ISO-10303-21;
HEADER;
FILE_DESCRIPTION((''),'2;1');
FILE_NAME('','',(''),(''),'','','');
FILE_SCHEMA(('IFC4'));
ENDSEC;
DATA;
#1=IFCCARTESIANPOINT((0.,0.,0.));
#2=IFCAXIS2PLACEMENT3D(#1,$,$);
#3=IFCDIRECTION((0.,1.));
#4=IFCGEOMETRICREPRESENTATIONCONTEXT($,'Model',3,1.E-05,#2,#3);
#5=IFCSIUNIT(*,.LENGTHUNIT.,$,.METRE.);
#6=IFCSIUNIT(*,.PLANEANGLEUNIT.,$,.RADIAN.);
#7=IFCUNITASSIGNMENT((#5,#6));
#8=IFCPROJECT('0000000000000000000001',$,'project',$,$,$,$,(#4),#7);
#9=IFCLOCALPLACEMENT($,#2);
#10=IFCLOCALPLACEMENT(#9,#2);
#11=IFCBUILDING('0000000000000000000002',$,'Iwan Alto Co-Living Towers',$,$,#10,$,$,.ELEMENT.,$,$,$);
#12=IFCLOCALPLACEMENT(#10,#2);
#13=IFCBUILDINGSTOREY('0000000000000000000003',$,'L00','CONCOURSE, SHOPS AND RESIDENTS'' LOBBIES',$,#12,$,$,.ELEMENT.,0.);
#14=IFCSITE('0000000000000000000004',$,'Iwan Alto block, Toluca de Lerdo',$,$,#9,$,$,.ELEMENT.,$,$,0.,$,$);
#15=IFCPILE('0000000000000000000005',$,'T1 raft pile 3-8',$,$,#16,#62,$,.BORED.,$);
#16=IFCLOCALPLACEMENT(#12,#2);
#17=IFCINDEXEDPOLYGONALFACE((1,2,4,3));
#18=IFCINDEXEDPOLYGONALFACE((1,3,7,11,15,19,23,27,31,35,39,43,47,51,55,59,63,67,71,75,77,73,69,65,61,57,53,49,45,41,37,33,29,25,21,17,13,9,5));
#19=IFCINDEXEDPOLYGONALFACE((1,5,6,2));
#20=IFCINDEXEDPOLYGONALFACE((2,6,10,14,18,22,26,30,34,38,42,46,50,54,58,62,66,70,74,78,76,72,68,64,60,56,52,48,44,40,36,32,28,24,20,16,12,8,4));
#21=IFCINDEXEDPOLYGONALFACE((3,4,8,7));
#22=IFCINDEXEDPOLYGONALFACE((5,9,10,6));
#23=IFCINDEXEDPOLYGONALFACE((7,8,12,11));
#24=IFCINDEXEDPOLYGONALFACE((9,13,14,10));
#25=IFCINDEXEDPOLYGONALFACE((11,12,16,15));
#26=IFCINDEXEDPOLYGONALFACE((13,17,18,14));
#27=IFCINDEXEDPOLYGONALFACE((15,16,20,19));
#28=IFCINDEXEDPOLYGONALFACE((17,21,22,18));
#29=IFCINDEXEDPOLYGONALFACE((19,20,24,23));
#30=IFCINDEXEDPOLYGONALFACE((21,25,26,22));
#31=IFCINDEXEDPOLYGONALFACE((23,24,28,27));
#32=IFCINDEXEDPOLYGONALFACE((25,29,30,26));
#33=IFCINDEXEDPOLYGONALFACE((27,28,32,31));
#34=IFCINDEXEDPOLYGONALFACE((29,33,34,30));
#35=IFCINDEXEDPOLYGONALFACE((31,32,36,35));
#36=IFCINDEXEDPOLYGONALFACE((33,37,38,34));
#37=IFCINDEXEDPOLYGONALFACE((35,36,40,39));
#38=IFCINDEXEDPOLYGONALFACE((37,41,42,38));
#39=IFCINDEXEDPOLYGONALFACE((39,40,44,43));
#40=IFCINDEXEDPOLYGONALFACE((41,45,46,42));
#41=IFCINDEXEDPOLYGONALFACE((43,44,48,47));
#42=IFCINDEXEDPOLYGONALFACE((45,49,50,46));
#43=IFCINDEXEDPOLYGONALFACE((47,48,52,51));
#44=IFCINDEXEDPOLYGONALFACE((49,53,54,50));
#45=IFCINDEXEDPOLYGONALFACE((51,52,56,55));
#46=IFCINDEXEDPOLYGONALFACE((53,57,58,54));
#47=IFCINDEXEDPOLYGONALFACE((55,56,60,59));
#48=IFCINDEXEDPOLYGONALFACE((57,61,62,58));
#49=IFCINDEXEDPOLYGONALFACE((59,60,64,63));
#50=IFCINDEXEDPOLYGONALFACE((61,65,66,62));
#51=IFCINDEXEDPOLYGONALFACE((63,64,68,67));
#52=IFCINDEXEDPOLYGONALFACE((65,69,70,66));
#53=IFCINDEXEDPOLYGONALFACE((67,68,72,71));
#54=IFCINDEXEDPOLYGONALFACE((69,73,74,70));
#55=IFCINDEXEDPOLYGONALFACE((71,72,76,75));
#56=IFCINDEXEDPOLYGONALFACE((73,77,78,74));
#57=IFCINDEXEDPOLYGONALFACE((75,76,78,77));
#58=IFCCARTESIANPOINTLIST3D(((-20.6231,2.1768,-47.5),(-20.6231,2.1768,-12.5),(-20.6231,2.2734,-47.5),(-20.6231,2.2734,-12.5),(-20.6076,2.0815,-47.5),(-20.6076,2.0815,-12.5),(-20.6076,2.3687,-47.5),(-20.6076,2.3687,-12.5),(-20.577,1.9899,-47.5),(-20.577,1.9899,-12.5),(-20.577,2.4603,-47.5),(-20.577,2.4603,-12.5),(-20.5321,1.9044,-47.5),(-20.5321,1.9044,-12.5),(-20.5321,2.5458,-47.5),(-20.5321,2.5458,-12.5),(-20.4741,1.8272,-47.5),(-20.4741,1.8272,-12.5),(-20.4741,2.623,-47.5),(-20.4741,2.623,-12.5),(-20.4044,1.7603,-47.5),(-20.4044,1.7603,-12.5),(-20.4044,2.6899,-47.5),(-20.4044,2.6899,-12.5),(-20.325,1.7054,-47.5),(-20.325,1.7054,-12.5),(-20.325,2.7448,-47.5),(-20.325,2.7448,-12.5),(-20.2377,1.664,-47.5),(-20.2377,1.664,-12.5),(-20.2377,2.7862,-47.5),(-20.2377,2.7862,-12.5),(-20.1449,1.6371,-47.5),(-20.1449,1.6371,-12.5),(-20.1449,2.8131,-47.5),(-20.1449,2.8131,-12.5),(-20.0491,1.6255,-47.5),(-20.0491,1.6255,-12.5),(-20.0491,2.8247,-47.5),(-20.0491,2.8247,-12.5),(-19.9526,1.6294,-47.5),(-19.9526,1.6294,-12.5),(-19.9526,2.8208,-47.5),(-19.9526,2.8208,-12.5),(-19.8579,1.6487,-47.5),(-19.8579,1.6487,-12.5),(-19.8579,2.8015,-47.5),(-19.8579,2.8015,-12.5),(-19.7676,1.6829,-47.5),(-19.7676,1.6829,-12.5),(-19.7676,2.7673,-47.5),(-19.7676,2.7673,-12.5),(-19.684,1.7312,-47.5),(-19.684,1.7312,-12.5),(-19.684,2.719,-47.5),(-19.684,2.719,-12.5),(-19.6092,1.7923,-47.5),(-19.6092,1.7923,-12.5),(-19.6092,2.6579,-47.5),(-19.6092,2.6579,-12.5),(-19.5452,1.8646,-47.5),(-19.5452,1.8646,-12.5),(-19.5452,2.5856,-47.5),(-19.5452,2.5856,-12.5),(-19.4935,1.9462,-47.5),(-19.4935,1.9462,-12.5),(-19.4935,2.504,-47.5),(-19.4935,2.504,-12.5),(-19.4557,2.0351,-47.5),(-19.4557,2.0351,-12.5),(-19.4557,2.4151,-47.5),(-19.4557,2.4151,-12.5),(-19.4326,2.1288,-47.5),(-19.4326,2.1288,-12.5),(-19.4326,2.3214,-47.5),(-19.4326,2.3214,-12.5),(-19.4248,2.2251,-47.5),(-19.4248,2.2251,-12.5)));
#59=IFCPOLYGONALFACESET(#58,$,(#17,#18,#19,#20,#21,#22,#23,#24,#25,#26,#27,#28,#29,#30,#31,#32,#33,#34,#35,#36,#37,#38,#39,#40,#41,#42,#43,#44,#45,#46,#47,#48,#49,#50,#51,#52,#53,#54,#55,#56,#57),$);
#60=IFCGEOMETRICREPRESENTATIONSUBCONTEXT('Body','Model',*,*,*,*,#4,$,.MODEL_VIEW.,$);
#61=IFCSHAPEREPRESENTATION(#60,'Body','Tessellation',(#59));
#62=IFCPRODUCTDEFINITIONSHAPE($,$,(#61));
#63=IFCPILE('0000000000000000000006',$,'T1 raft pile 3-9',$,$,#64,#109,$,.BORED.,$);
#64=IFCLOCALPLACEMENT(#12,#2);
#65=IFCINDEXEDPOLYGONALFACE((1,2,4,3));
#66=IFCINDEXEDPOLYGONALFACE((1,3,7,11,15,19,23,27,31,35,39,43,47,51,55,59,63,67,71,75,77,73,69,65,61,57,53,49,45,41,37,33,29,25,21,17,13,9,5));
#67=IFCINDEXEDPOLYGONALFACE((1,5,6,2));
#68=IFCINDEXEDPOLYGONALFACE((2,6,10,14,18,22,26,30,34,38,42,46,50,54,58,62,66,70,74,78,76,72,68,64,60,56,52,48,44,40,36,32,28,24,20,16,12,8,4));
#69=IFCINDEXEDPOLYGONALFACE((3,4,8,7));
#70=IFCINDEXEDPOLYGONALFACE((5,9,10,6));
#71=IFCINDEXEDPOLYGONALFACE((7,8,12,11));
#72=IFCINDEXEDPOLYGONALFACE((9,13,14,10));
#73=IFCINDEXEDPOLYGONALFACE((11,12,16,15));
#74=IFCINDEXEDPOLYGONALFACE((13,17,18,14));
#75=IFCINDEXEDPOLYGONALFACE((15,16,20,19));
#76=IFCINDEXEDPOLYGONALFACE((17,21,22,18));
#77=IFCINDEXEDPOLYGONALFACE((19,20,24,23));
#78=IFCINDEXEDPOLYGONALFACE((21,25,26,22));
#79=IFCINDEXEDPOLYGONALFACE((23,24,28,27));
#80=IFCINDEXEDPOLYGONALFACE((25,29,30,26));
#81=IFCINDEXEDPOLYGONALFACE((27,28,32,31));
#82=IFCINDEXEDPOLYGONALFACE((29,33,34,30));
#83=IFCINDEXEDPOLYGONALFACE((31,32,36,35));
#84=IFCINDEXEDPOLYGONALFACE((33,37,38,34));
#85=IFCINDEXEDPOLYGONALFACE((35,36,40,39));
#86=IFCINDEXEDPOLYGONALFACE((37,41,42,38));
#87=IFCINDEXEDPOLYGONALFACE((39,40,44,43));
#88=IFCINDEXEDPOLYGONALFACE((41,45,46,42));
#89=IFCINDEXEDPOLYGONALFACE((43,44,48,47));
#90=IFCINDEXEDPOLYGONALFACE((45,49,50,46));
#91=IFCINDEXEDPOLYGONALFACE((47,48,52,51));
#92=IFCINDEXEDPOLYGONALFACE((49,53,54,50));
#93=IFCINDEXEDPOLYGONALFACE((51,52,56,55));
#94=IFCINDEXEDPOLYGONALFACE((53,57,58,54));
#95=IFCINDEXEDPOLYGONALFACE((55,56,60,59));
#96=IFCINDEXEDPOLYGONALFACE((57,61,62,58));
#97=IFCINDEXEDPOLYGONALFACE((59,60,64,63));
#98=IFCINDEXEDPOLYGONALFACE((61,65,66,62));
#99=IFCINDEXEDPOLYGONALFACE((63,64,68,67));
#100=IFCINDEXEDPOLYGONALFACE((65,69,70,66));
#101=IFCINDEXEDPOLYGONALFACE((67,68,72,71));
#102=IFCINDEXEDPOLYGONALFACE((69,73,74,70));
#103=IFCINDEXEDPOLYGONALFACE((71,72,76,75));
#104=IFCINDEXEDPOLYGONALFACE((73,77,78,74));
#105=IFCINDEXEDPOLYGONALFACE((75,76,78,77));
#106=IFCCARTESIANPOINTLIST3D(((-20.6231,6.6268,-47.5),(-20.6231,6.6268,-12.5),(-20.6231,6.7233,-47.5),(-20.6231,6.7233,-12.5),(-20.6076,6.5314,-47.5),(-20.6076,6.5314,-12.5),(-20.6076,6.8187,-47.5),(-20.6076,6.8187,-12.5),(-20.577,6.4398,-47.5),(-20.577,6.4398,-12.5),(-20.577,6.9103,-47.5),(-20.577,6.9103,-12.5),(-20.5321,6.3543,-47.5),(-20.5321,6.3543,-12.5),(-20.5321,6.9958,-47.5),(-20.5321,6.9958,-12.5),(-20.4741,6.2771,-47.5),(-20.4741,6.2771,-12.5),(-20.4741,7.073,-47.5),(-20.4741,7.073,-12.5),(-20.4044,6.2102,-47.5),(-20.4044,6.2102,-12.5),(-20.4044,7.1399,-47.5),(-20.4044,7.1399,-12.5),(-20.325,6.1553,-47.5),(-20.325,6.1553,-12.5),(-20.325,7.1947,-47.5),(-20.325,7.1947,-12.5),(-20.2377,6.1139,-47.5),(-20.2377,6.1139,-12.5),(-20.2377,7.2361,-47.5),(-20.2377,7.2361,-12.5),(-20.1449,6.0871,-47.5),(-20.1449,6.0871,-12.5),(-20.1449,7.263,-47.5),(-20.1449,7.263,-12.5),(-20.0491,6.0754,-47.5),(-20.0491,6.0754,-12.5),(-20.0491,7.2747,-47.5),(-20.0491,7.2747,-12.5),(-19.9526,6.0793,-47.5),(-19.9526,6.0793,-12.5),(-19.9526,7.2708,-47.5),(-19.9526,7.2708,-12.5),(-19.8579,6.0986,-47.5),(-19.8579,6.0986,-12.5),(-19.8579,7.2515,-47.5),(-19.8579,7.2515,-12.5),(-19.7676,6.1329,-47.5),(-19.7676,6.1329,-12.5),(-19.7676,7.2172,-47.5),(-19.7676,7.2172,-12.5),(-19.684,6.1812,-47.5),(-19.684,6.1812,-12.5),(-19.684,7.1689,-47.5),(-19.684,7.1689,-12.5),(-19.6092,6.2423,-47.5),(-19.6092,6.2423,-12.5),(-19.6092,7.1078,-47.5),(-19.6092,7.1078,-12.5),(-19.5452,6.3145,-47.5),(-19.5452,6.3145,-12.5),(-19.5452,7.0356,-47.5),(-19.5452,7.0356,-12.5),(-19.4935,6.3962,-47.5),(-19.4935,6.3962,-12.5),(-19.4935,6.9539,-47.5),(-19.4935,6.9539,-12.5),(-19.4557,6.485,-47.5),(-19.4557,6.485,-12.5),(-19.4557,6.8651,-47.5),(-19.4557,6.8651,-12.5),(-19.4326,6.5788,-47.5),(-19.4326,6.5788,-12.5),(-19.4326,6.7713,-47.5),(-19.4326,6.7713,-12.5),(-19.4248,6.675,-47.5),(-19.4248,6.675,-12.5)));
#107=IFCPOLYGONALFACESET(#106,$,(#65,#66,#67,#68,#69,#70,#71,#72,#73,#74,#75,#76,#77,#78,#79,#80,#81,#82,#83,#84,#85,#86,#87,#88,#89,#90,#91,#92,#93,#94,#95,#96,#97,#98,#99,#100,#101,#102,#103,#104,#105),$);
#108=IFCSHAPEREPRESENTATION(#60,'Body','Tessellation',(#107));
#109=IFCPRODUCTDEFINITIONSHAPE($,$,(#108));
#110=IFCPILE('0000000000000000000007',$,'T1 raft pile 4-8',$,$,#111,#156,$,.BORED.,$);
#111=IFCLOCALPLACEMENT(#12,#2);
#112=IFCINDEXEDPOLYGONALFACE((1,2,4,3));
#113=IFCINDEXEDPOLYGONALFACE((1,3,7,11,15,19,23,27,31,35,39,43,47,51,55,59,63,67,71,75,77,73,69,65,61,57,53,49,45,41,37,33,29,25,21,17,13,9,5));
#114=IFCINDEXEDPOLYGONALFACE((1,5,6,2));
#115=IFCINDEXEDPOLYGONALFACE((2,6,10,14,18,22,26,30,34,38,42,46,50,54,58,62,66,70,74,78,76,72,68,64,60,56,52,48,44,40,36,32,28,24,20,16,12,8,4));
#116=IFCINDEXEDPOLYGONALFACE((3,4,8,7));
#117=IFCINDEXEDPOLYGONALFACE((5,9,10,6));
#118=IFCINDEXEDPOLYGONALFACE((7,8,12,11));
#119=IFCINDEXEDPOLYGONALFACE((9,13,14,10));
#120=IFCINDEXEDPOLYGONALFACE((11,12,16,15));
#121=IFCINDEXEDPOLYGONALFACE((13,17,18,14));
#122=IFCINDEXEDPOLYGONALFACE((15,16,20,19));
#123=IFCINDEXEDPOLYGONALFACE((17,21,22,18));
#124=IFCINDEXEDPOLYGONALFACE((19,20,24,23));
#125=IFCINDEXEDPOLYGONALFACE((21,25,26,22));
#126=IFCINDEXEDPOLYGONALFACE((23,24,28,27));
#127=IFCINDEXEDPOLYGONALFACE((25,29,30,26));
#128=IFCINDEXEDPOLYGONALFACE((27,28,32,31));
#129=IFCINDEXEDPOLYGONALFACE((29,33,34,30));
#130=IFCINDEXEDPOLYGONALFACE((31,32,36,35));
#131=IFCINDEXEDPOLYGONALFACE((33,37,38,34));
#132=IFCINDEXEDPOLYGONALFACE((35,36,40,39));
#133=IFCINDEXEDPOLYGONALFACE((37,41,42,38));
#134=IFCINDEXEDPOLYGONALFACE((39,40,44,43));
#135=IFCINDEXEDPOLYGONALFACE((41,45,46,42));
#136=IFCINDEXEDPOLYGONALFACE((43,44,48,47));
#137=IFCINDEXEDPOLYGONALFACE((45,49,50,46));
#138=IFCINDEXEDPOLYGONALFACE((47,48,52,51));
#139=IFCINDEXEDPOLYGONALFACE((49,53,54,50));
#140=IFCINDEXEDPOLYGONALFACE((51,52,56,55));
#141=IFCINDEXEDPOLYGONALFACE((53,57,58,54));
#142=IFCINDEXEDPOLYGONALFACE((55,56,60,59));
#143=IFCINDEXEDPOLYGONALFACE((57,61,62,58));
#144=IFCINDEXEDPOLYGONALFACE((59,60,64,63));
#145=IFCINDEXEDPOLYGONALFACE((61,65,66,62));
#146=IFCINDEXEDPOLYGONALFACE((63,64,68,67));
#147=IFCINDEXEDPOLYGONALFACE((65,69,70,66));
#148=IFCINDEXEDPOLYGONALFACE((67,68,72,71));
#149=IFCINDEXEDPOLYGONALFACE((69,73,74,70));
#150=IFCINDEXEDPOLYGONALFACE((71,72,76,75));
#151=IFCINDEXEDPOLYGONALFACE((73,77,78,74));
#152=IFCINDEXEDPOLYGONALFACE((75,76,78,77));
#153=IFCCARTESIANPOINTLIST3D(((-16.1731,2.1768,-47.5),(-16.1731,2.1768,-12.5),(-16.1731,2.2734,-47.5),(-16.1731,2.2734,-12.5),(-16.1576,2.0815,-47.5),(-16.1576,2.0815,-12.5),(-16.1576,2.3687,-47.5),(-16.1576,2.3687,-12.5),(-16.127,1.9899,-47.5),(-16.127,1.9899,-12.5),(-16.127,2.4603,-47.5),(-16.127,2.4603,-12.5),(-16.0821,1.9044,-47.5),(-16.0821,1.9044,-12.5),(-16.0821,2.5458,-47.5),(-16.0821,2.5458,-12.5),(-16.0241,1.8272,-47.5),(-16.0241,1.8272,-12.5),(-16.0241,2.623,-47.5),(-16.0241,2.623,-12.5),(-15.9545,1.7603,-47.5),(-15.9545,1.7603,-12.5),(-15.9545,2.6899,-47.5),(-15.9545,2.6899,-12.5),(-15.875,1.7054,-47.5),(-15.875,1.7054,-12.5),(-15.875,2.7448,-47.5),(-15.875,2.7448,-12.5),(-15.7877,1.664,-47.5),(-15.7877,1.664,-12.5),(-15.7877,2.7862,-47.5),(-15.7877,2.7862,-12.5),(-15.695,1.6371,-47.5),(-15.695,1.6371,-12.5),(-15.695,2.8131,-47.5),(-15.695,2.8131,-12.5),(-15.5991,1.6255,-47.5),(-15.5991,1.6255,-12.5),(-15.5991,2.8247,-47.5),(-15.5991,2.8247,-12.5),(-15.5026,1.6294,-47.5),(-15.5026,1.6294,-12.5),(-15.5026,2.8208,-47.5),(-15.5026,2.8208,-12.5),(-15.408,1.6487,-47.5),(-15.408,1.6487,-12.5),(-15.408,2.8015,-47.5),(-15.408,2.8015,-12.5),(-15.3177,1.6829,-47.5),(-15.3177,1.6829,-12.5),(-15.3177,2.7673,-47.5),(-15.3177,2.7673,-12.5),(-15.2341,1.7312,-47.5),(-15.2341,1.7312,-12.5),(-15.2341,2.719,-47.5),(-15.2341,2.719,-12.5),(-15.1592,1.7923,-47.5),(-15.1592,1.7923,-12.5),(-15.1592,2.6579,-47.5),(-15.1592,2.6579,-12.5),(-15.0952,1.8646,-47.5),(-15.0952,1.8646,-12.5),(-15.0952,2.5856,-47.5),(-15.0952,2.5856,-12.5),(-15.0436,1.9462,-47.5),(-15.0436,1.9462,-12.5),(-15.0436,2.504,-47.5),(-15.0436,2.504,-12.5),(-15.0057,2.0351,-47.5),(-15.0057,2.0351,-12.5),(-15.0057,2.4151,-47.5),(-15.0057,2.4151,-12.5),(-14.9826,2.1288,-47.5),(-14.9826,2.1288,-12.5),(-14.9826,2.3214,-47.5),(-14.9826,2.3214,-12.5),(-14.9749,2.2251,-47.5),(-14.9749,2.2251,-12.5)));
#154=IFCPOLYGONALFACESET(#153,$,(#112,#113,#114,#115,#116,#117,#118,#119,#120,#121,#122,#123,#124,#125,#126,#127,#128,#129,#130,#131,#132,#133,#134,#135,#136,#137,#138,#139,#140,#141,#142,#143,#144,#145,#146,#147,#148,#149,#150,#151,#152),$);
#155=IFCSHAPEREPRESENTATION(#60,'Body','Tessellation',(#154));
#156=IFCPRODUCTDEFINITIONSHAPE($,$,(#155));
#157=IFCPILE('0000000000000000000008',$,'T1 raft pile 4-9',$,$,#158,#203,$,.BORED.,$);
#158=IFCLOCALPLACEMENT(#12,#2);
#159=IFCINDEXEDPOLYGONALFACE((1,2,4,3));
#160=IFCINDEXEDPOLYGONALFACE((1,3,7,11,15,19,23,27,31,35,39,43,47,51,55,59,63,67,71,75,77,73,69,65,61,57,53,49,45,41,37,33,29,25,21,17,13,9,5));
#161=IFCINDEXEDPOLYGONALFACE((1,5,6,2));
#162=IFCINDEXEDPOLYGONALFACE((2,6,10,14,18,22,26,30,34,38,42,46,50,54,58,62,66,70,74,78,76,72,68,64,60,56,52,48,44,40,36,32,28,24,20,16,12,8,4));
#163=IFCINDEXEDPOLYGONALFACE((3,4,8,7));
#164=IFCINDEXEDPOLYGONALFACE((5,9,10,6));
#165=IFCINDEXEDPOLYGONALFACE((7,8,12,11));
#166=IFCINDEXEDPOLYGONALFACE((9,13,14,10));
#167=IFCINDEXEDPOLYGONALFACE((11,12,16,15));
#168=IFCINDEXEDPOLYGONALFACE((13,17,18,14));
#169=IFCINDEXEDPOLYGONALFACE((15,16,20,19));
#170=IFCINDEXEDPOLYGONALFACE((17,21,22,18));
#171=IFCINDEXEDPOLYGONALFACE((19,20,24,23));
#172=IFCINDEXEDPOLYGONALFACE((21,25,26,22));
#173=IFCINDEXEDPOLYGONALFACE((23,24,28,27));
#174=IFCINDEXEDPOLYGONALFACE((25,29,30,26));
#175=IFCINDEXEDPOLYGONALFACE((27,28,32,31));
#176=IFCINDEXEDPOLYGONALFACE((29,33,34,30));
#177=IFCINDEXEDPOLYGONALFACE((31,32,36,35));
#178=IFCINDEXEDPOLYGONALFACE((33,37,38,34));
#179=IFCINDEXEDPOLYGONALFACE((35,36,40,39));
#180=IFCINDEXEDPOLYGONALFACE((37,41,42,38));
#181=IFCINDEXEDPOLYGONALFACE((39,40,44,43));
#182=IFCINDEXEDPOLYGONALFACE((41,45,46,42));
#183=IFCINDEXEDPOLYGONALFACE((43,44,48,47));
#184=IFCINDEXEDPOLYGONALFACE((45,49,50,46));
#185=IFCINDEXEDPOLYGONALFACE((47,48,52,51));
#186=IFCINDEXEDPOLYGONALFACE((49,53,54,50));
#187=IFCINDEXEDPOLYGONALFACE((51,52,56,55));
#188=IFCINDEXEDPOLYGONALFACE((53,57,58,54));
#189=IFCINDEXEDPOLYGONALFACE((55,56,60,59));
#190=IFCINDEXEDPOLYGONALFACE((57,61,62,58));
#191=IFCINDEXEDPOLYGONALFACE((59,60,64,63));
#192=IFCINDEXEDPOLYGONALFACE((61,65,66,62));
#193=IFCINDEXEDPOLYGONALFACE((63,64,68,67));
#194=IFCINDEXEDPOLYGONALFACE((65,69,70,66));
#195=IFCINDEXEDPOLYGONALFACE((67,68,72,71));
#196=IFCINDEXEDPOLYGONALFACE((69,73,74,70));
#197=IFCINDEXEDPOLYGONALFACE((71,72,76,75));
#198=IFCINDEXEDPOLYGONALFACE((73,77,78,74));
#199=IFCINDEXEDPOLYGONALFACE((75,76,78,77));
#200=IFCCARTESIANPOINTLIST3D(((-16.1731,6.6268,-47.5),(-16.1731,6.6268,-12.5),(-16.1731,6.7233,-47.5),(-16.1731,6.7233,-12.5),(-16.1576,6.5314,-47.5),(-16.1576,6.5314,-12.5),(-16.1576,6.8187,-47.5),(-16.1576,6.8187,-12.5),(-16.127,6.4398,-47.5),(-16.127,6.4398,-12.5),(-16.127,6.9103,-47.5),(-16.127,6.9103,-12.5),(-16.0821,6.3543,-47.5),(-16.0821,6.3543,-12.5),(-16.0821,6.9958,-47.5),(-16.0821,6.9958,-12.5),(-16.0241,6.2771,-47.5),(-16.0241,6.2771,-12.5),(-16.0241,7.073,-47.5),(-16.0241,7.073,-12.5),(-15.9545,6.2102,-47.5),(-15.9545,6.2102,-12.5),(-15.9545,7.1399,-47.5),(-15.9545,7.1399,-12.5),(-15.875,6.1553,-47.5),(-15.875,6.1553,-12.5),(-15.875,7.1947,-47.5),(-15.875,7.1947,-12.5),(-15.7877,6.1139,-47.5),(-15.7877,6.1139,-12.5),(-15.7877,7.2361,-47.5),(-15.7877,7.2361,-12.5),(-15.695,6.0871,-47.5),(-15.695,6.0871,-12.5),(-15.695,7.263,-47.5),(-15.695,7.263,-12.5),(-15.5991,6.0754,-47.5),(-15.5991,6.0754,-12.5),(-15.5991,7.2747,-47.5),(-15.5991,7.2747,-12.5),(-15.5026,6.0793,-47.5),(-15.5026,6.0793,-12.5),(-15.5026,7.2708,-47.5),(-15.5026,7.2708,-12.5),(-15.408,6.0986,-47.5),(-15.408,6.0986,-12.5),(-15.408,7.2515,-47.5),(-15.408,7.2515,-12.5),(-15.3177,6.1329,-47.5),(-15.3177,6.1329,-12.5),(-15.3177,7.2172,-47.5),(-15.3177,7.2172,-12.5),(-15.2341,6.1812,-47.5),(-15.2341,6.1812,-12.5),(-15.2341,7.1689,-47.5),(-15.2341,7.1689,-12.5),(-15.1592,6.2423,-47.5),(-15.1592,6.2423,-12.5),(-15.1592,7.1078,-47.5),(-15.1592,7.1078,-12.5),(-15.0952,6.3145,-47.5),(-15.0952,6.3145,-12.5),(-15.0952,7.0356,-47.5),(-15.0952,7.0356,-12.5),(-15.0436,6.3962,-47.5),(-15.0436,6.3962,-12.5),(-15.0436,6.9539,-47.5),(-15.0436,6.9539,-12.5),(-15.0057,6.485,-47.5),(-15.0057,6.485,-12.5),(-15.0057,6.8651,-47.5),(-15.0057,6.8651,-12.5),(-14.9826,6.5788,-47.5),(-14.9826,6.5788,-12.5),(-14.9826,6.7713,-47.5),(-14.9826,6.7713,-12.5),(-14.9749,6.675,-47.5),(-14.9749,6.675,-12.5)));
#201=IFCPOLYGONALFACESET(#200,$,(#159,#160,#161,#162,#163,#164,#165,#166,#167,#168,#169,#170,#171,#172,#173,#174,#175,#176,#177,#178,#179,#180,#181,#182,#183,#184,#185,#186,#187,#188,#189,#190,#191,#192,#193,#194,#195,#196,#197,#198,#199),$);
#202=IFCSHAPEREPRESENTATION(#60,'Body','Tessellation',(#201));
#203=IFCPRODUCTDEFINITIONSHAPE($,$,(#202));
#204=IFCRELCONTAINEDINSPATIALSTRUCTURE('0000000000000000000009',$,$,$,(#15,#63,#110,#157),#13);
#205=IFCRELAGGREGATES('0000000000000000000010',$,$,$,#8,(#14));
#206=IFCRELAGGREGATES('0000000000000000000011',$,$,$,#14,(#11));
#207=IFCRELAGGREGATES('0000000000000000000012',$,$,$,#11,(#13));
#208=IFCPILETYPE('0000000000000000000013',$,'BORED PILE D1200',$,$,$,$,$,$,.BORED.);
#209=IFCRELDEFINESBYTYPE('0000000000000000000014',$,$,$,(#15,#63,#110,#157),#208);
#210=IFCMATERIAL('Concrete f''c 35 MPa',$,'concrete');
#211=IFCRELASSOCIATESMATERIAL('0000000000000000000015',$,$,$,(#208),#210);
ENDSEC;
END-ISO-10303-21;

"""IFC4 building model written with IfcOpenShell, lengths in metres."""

from ifc_helpers import new_model, si_unit, direction, frame, origin, origin_2d, place, context, subcontext, project, spatial, circle, extrude, material, material_profile, profile_set, type_object, element, save


model = new_model("IFC4")

# Units and contexts
model_context = context("Model", 3, precision=1e-05, world=origin(), true_north=direction((0.0, 1.0)))
body_context = subcontext(model_context, "Body", "Model", "MODEL_VIEW")
ifc_project = project(units=[si_unit("LENGTHUNIT", "METRE"), si_unit("PLANEANGLEUNIT", "RADIAN")], contexts=[model_context])

# Site, building, storey
site_placement = place(None, origin())
site = spatial("IfcSite", under=ifc_project, at=site_placement, Name="Iwan Alto block, Toluca de Lerdo", CompositionType="ELEMENT", RefElevation=0.0)
building_placement = place(site_placement, origin())
building = spatial("IfcBuilding", under=site, at=building_placement, Name="Iwan Alto Co-Living Towers", CompositionType="ELEMENT")
storey_placement = place(building_placement, origin())
storey = spatial("IfcBuildingStorey", under=building, at=storey_placement, Name="L00", Description="CONCOURSE, SHOPS AND RESIDENTS' LOBBIES", CompositionType="ELEMENT", Elevation=0.0)

# Piles
ifc_material_1 = material(Name="Concrete f'c 35 MPa", Category="concrete")
ifc_material_profile = material_profile(ifc_material_1, circle(Radius=0.6001, at=origin_2d()), Name="D1200")
ifc_profile_set = profile_set([ifc_material_profile], Name="Concrete f'c 35 MPa")
pile_type = type_object("IfcPileType", Name="BORED PILE D1200", PredefinedType="BORED", material=ifc_profile_set)
for number, where, z_axis, x_axis, name in (
    (1, (-20.0249, 2.2251, -12.5), (0.0, 0.0, -1.0), (1.0, 0.0, 0.0), "T1 raft pile 3-8"),
    (2, (-20.0249, 6.675, -12.5), (0.0, 0.0, -1.0), (1.0, 0.0, 0.0), "T1 raft pile 3-9"),
    (3, (-15.575, 2.2251, -12.5), (0.0, 0.0, -1.0), (1.0, 0.0, 0.0), "T1 raft pile 4-8"),
    (4, (-15.575, 6.675, -12.5), (0.0, 0.0, -1.0), (1.0, 0.0, 0.0), "T1 raft pile 4-9"),
):
    element("IfcPile", number, at=place(storey_placement, frame(where, z_axis=z_axis, x_axis=x_axis)), inside=storey, type_object=pile_type, Name=name, PredefinedType="BORED", context=body_context, shape_type="SweptSolid", body=[
        extrude(circle(Radius=0.6001, at=origin_2d()), origin(), (0.0, 0.0, 1.0), 35.0),
    ])

save(model, "model.ifc")
